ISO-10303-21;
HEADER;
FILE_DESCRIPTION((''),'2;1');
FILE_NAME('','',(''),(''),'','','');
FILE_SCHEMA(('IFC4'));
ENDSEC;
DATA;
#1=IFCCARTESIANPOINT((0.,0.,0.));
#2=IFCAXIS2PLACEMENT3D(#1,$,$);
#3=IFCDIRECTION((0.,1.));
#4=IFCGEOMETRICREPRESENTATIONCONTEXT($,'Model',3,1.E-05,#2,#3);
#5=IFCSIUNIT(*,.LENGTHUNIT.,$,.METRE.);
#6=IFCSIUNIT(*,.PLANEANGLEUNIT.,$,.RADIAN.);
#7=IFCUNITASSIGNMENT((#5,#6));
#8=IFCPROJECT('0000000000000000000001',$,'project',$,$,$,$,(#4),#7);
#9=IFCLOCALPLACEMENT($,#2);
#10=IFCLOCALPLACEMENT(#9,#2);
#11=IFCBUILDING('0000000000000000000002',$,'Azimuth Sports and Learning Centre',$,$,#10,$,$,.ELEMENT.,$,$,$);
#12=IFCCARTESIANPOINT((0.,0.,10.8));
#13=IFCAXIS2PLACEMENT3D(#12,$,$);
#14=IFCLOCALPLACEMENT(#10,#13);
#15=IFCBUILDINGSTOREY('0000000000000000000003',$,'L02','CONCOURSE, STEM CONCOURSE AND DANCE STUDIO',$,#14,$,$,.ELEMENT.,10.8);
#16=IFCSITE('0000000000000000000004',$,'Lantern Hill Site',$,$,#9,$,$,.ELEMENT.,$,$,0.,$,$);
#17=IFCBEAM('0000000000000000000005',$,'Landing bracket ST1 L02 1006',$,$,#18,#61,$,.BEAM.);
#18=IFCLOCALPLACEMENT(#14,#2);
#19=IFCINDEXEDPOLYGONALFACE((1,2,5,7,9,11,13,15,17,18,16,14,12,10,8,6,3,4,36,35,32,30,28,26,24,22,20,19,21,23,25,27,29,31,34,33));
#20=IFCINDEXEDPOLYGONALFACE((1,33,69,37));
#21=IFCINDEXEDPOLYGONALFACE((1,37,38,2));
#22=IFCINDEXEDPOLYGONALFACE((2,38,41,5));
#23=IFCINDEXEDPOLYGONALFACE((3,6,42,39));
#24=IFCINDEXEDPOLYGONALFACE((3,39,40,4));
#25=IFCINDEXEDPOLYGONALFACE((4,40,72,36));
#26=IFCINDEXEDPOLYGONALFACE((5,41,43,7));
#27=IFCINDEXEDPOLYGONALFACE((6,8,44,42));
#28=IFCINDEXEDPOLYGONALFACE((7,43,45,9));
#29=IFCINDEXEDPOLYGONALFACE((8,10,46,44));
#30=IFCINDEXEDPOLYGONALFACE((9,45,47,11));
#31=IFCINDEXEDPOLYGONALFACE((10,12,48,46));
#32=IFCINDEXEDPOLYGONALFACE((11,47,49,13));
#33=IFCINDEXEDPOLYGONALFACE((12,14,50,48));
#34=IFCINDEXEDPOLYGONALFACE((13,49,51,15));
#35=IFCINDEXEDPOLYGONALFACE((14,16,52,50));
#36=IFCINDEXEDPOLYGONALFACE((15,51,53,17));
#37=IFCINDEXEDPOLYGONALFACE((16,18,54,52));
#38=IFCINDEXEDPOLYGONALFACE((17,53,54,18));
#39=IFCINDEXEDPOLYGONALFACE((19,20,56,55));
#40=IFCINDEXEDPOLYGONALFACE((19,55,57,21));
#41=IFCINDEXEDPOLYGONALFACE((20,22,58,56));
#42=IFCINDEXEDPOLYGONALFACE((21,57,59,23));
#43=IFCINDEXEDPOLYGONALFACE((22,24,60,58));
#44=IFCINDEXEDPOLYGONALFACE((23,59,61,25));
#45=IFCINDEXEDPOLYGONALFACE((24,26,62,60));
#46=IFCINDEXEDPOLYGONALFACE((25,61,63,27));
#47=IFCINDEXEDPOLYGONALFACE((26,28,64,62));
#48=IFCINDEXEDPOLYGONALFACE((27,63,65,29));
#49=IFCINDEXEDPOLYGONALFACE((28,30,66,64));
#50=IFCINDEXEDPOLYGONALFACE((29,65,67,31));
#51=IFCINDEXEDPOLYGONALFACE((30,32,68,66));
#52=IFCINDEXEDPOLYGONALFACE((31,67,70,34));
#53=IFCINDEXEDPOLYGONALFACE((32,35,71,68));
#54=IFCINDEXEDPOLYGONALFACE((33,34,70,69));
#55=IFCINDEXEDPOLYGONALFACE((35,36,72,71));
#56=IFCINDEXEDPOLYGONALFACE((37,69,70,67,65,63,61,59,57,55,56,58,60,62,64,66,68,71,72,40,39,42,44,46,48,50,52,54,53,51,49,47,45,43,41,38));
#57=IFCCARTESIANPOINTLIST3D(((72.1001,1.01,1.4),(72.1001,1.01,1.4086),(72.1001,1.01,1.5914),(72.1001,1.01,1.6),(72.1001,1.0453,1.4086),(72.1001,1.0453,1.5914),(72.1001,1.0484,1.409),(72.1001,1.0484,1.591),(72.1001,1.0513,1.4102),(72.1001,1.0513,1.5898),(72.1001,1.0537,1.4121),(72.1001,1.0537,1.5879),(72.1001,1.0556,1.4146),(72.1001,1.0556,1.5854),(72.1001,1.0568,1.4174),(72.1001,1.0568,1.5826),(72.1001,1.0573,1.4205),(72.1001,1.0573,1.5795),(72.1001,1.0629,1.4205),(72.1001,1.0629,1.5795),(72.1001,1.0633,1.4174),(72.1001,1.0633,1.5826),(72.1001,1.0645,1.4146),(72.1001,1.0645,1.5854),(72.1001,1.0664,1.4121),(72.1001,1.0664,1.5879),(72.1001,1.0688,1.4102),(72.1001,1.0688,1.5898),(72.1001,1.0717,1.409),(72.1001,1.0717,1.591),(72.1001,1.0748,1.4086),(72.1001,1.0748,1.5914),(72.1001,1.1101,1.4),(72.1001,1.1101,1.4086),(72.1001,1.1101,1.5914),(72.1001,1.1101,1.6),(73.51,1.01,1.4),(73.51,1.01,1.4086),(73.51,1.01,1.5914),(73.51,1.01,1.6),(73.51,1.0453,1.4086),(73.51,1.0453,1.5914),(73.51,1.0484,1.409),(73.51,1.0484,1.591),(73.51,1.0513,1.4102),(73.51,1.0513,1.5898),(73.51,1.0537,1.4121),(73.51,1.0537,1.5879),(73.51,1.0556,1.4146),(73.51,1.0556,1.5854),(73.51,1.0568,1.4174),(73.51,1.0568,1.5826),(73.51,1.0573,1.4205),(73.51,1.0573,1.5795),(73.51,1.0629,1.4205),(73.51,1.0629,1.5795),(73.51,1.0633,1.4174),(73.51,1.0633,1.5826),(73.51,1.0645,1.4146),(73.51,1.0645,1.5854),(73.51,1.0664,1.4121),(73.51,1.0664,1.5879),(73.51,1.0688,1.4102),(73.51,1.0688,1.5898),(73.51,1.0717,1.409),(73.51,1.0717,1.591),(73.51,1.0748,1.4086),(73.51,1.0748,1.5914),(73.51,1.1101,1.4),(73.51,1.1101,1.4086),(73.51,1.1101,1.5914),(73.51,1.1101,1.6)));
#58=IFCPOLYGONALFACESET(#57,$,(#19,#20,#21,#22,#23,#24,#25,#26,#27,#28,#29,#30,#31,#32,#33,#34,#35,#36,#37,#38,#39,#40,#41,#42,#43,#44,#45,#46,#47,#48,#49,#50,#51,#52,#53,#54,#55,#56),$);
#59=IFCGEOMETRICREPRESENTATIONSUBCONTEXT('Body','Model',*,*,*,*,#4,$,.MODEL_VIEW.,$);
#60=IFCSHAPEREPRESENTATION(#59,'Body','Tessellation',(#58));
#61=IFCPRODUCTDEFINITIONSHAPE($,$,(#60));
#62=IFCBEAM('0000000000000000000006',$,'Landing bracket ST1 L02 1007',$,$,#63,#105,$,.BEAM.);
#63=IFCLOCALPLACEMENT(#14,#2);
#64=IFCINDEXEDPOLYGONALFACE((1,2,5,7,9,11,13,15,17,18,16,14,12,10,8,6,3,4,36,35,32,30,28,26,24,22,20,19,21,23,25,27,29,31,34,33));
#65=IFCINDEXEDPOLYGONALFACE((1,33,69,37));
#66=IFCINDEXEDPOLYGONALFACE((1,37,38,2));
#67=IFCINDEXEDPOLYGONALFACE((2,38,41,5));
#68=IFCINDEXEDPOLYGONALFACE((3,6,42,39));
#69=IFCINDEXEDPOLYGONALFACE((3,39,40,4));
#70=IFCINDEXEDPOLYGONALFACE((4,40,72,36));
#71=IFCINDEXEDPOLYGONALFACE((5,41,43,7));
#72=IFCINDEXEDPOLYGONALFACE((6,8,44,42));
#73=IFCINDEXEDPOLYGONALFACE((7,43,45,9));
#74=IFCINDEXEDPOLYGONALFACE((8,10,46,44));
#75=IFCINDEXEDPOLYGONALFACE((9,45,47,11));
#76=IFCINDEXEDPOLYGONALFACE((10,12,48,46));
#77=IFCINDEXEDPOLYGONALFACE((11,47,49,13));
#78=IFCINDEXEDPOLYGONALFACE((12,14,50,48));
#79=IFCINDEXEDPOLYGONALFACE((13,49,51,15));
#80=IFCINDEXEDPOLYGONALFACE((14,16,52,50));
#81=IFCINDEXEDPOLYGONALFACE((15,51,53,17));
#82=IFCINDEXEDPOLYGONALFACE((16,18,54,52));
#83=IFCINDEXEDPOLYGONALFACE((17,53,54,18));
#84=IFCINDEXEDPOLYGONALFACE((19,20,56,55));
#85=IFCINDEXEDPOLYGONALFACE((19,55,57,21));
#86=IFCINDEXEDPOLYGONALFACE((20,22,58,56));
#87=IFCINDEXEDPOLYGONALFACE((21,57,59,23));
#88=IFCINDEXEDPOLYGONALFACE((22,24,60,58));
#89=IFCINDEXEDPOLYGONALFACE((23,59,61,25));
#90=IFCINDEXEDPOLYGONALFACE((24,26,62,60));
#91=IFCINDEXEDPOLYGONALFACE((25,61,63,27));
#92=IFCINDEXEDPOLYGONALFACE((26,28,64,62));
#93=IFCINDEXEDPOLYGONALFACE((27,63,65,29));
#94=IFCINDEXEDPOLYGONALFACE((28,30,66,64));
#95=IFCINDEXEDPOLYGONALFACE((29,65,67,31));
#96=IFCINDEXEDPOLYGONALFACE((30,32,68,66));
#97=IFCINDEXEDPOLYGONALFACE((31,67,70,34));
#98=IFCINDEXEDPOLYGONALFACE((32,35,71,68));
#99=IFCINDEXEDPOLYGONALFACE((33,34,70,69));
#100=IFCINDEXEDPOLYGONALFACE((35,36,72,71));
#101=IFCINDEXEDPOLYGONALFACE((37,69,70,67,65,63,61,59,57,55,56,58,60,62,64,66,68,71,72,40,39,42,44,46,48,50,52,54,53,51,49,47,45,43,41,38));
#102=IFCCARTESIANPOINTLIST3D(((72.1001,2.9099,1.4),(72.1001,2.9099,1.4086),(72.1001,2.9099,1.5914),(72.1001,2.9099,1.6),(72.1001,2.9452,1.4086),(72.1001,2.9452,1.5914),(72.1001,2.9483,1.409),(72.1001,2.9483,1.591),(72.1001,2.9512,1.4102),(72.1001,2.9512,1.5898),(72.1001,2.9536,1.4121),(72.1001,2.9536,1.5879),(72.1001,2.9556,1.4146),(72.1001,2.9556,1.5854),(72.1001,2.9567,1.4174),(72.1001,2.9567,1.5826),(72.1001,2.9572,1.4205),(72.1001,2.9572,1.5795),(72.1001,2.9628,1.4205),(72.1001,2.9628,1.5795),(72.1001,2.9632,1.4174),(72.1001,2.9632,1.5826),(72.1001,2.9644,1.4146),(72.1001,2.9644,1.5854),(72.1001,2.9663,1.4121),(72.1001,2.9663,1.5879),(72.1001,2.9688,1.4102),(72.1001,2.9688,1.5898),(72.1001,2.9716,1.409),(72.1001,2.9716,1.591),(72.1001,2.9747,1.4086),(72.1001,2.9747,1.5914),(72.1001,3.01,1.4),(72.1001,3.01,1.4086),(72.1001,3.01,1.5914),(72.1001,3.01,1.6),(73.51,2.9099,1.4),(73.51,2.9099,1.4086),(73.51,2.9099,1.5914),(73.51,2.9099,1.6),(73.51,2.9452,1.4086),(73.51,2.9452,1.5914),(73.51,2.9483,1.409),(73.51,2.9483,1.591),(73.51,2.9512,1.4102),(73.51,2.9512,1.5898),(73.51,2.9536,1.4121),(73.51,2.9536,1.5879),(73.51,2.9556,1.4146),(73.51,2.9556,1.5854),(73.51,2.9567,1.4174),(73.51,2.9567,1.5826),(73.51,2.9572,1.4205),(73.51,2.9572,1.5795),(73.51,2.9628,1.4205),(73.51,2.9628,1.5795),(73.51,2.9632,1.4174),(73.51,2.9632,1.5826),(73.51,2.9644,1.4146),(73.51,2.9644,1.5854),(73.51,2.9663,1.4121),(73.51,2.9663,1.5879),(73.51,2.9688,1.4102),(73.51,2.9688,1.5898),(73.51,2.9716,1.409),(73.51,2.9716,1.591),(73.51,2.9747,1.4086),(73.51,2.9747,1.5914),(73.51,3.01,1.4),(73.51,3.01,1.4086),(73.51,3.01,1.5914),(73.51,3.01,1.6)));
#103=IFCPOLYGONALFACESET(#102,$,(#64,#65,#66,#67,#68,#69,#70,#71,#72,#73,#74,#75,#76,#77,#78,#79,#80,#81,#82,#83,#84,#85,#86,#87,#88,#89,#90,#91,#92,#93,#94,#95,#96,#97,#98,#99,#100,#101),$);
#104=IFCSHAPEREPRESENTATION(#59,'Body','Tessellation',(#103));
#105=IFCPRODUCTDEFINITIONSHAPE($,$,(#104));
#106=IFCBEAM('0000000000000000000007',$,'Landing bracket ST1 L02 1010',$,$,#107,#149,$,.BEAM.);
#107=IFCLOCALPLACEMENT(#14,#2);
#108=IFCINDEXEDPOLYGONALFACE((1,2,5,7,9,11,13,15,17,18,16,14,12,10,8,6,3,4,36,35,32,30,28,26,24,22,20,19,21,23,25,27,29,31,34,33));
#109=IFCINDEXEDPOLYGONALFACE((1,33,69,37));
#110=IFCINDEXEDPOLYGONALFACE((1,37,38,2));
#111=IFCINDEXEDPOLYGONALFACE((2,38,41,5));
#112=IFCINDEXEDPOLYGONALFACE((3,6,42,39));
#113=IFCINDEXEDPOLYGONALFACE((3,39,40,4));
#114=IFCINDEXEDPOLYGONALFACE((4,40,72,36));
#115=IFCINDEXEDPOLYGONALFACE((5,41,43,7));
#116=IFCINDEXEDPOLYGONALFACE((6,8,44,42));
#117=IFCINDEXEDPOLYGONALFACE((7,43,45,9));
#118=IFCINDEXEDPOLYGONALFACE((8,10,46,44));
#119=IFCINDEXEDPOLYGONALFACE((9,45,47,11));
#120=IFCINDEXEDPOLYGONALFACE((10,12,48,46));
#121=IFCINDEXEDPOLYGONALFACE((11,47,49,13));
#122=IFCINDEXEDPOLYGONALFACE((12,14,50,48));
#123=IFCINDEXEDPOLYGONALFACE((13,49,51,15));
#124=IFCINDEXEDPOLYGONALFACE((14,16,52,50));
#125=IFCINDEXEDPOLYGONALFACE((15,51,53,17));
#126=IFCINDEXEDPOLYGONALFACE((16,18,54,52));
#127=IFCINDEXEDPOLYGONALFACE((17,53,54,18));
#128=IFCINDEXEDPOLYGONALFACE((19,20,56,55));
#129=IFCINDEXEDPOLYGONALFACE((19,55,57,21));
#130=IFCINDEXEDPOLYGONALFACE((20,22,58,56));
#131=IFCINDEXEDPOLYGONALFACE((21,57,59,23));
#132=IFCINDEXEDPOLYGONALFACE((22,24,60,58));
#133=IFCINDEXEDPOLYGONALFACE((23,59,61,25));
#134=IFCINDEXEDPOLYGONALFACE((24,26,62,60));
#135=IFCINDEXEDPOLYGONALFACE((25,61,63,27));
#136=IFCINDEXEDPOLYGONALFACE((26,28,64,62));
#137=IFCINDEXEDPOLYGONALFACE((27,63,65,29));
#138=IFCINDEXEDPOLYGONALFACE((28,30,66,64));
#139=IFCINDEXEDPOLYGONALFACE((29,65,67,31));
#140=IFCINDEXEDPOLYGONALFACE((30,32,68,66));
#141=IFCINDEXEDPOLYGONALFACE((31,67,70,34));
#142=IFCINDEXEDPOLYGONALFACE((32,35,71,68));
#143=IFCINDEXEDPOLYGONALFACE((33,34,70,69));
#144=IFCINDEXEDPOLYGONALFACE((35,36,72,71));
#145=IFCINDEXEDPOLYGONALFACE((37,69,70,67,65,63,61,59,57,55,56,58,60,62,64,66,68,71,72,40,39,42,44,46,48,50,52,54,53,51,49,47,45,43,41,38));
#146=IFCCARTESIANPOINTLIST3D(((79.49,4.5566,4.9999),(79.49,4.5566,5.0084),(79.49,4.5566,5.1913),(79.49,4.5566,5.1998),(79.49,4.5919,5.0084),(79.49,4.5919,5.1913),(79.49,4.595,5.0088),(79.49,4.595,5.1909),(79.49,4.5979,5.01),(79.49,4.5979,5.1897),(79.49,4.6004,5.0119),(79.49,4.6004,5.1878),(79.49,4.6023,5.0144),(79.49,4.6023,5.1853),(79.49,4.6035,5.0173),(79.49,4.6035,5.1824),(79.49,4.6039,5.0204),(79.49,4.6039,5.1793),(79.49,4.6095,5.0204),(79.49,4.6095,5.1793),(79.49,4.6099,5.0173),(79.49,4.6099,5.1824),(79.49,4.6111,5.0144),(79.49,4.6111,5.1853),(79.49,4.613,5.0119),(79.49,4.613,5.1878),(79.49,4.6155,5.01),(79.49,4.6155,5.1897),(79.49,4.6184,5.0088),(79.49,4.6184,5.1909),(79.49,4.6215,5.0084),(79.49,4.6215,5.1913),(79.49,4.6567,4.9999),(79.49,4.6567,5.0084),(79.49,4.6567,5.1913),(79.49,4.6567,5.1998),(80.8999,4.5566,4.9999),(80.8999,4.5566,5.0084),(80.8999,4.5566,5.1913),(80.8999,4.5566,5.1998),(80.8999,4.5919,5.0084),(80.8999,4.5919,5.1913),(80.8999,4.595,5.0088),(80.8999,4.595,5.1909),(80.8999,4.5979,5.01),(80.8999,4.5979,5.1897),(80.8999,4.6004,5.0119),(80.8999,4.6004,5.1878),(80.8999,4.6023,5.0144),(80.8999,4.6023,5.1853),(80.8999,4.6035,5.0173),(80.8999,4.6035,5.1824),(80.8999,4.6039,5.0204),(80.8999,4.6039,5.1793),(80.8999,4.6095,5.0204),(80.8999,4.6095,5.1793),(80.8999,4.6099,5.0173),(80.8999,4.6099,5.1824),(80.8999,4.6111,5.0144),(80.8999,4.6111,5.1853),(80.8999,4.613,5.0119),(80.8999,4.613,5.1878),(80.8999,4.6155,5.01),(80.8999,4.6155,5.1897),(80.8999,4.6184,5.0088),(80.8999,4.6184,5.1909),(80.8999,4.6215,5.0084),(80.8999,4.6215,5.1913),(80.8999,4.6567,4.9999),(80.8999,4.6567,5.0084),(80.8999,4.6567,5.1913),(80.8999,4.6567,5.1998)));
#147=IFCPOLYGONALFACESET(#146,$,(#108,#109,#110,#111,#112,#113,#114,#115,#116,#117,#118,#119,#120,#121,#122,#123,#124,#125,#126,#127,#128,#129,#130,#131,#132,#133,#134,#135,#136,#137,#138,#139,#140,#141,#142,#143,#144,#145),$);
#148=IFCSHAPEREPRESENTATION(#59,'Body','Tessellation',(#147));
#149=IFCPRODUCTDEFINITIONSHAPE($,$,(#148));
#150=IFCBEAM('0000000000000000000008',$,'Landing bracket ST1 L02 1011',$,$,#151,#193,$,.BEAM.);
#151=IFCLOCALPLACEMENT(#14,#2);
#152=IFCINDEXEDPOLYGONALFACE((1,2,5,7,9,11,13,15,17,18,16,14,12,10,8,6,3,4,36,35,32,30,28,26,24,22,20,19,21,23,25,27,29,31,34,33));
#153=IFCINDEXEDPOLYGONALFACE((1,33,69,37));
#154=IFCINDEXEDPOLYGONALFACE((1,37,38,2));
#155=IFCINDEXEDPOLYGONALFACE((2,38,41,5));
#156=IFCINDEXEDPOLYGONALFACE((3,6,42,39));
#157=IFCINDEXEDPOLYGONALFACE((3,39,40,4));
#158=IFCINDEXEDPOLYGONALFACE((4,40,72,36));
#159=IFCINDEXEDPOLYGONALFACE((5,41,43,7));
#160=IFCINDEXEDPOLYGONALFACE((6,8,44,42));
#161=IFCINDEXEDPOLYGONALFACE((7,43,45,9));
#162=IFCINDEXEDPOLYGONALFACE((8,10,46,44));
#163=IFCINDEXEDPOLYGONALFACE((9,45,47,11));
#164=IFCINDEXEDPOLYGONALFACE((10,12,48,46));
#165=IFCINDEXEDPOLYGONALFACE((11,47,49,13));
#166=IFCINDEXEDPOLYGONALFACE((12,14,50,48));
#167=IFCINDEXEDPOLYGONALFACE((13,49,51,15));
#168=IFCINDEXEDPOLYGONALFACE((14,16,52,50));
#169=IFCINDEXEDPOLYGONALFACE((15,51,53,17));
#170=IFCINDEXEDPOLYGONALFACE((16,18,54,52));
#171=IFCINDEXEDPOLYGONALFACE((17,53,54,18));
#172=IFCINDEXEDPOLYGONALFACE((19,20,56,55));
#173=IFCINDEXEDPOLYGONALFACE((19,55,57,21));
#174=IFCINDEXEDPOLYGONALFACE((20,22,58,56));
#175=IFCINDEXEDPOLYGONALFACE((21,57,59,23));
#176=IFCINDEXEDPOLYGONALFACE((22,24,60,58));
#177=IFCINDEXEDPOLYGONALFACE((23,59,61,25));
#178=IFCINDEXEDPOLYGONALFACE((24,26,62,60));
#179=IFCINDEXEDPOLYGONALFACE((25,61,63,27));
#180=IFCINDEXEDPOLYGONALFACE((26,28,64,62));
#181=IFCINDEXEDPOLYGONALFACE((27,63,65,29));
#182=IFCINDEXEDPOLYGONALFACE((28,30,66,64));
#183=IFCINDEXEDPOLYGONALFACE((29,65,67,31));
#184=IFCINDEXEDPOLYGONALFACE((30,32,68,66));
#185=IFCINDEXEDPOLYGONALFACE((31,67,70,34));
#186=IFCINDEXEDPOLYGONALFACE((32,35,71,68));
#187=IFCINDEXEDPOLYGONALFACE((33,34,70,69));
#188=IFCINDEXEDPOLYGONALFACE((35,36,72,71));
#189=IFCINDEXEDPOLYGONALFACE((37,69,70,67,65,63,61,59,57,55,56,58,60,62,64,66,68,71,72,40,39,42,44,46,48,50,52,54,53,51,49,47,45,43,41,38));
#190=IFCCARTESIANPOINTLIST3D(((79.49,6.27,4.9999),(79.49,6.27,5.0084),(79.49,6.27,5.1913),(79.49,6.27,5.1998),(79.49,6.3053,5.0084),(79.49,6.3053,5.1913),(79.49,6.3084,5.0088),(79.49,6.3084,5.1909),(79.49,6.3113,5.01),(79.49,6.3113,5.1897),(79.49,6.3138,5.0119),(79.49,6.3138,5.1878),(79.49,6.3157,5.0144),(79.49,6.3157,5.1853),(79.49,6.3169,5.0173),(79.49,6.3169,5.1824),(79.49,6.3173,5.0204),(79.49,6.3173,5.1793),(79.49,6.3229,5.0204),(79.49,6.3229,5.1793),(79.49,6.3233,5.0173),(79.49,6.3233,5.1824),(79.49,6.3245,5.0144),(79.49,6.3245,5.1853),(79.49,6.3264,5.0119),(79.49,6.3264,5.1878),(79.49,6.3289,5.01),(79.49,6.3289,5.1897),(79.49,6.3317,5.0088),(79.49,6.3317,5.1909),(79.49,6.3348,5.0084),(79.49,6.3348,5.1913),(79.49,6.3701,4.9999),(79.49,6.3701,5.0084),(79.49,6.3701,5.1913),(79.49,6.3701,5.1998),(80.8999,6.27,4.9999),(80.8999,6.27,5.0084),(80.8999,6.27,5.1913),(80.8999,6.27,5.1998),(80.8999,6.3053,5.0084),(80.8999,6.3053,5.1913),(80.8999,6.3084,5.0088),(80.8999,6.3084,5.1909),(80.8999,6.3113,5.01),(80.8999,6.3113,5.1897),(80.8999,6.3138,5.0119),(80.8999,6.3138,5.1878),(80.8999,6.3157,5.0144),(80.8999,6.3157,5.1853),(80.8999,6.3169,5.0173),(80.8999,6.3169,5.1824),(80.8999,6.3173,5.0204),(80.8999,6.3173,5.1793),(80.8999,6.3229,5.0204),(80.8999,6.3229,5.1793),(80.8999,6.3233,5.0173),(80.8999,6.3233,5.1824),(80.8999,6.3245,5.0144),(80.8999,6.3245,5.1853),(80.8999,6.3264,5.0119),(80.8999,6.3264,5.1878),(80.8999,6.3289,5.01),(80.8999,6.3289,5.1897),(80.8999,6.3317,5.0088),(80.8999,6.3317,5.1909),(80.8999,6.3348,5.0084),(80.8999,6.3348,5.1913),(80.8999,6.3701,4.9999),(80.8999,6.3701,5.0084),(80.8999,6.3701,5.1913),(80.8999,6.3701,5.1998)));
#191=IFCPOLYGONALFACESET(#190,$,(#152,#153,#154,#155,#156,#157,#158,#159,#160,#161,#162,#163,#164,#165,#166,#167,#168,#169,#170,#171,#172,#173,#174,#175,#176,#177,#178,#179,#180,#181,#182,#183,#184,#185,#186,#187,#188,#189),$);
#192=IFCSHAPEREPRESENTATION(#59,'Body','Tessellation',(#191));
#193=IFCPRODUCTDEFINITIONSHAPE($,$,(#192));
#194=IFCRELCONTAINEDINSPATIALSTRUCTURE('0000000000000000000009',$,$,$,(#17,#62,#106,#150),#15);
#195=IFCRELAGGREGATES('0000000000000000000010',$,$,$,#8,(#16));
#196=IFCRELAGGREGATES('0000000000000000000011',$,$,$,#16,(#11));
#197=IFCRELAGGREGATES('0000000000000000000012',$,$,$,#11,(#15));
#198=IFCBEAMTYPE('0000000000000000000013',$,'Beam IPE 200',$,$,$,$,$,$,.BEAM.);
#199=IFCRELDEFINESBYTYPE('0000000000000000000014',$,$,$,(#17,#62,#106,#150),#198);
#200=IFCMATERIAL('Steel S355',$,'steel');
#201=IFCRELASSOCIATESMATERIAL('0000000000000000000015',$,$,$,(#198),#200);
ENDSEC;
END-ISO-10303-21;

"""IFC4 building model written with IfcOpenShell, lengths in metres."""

from ifc_helpers import new_model, si_unit, direction, frame, origin, origin_2d, place, context, subcontext, project, spatial, i_section, extrude, material, material_profile, profile_set, type_object, element, save


model = new_model("IFC4")

# Units and contexts
model_context = context("Model", 3, precision=1e-05, world=origin(), true_north=direction((0.0, 1.0)))
body_context = subcontext(model_context, "Body", "Model", "MODEL_VIEW")
ifc_project = project(units=[si_unit("LENGTHUNIT", "METRE"), si_unit("PLANEANGLEUNIT", "RADIAN")], contexts=[model_context])

# Site, building, storey
site_placement = place(None, origin())
site = spatial("IfcSite", under=ifc_project, at=site_placement, Name="Lantern Hill Site", CompositionType="ELEMENT", RefElevation=0.0)
building_placement = place(site_placement, origin())
building = spatial("IfcBuilding", under=site, at=building_placement, Name="Azimuth Sports and Learning Centre", CompositionType="ELEMENT")
storey_placement = place(building_placement, frame((0.0, 0.0, 10.8)))
storey = spatial("IfcBuildingStorey", under=building, at=storey_placement, Name="L02", Description="CONCOURSE, STEM CONCOURSE AND DANCE STUDIO", CompositionType="ELEMENT", Elevation=10.8)

# Beams
ifc_material_1 = material(Name="Steel S355", Category="steel")
ifc_material_profile_1 = material_profile(ifc_material_1, i_section(OverallWidth=0.1001, OverallDepth=0.2, WebThickness=0.0056, FlangeThickness=0.0085, FilletRadius=0.012, at=origin_2d()), Name="IPE 200")
ifc_profile_set_1 = profile_set([ifc_material_profile_1], Name="Steel S355")
beam_type = type_object("IfcBeamType", Name="Beam IPE 200", PredefinedType="BEAM", material=ifc_profile_set_1)
for number, where, z_axis, x_axis, name in (
    (1, (72.1001, 1.0601, 1.5), (1.0, 0.0, 0.0), (0.0, 1.0, 0.0), "Landing bracket ST1 L02 1006"),
    (2, (72.1001, 2.96, 1.5), (1.0, 0.0, 0.0), (0.0, 1.0, 0.0), "Landing bracket ST1 L02 1007"),
    (3, (80.8999, 4.6067, 5.0999), (-1.0, 0.0, 0.0), (0.0, -1.0, 0.0), "Landing bracket ST1 L02 1010"),
    (4, (80.8999, 6.3201, 5.0999), (-1.0, 0.0, 0.0), (0.0, -1.0, 0.0), "Landing bracket ST1 L02 1011"),
):
    element("IfcBeam", number, at=place(storey_placement, frame(where, z_axis=z_axis, x_axis=x_axis)), inside=storey, type_object=beam_type, Name=name, PredefinedType="BEAM", context=body_context, shape_type="SweptSolid", body=[
        extrude(i_section(OverallWidth=0.1001, OverallDepth=0.2, WebThickness=0.0056, FlangeThickness=0.0085, FilletRadius=0.012, at=origin_2d()), origin(), (0.0, 0.0, 1.0), 1.4099),
    ])

save(model, "model.ifc")
